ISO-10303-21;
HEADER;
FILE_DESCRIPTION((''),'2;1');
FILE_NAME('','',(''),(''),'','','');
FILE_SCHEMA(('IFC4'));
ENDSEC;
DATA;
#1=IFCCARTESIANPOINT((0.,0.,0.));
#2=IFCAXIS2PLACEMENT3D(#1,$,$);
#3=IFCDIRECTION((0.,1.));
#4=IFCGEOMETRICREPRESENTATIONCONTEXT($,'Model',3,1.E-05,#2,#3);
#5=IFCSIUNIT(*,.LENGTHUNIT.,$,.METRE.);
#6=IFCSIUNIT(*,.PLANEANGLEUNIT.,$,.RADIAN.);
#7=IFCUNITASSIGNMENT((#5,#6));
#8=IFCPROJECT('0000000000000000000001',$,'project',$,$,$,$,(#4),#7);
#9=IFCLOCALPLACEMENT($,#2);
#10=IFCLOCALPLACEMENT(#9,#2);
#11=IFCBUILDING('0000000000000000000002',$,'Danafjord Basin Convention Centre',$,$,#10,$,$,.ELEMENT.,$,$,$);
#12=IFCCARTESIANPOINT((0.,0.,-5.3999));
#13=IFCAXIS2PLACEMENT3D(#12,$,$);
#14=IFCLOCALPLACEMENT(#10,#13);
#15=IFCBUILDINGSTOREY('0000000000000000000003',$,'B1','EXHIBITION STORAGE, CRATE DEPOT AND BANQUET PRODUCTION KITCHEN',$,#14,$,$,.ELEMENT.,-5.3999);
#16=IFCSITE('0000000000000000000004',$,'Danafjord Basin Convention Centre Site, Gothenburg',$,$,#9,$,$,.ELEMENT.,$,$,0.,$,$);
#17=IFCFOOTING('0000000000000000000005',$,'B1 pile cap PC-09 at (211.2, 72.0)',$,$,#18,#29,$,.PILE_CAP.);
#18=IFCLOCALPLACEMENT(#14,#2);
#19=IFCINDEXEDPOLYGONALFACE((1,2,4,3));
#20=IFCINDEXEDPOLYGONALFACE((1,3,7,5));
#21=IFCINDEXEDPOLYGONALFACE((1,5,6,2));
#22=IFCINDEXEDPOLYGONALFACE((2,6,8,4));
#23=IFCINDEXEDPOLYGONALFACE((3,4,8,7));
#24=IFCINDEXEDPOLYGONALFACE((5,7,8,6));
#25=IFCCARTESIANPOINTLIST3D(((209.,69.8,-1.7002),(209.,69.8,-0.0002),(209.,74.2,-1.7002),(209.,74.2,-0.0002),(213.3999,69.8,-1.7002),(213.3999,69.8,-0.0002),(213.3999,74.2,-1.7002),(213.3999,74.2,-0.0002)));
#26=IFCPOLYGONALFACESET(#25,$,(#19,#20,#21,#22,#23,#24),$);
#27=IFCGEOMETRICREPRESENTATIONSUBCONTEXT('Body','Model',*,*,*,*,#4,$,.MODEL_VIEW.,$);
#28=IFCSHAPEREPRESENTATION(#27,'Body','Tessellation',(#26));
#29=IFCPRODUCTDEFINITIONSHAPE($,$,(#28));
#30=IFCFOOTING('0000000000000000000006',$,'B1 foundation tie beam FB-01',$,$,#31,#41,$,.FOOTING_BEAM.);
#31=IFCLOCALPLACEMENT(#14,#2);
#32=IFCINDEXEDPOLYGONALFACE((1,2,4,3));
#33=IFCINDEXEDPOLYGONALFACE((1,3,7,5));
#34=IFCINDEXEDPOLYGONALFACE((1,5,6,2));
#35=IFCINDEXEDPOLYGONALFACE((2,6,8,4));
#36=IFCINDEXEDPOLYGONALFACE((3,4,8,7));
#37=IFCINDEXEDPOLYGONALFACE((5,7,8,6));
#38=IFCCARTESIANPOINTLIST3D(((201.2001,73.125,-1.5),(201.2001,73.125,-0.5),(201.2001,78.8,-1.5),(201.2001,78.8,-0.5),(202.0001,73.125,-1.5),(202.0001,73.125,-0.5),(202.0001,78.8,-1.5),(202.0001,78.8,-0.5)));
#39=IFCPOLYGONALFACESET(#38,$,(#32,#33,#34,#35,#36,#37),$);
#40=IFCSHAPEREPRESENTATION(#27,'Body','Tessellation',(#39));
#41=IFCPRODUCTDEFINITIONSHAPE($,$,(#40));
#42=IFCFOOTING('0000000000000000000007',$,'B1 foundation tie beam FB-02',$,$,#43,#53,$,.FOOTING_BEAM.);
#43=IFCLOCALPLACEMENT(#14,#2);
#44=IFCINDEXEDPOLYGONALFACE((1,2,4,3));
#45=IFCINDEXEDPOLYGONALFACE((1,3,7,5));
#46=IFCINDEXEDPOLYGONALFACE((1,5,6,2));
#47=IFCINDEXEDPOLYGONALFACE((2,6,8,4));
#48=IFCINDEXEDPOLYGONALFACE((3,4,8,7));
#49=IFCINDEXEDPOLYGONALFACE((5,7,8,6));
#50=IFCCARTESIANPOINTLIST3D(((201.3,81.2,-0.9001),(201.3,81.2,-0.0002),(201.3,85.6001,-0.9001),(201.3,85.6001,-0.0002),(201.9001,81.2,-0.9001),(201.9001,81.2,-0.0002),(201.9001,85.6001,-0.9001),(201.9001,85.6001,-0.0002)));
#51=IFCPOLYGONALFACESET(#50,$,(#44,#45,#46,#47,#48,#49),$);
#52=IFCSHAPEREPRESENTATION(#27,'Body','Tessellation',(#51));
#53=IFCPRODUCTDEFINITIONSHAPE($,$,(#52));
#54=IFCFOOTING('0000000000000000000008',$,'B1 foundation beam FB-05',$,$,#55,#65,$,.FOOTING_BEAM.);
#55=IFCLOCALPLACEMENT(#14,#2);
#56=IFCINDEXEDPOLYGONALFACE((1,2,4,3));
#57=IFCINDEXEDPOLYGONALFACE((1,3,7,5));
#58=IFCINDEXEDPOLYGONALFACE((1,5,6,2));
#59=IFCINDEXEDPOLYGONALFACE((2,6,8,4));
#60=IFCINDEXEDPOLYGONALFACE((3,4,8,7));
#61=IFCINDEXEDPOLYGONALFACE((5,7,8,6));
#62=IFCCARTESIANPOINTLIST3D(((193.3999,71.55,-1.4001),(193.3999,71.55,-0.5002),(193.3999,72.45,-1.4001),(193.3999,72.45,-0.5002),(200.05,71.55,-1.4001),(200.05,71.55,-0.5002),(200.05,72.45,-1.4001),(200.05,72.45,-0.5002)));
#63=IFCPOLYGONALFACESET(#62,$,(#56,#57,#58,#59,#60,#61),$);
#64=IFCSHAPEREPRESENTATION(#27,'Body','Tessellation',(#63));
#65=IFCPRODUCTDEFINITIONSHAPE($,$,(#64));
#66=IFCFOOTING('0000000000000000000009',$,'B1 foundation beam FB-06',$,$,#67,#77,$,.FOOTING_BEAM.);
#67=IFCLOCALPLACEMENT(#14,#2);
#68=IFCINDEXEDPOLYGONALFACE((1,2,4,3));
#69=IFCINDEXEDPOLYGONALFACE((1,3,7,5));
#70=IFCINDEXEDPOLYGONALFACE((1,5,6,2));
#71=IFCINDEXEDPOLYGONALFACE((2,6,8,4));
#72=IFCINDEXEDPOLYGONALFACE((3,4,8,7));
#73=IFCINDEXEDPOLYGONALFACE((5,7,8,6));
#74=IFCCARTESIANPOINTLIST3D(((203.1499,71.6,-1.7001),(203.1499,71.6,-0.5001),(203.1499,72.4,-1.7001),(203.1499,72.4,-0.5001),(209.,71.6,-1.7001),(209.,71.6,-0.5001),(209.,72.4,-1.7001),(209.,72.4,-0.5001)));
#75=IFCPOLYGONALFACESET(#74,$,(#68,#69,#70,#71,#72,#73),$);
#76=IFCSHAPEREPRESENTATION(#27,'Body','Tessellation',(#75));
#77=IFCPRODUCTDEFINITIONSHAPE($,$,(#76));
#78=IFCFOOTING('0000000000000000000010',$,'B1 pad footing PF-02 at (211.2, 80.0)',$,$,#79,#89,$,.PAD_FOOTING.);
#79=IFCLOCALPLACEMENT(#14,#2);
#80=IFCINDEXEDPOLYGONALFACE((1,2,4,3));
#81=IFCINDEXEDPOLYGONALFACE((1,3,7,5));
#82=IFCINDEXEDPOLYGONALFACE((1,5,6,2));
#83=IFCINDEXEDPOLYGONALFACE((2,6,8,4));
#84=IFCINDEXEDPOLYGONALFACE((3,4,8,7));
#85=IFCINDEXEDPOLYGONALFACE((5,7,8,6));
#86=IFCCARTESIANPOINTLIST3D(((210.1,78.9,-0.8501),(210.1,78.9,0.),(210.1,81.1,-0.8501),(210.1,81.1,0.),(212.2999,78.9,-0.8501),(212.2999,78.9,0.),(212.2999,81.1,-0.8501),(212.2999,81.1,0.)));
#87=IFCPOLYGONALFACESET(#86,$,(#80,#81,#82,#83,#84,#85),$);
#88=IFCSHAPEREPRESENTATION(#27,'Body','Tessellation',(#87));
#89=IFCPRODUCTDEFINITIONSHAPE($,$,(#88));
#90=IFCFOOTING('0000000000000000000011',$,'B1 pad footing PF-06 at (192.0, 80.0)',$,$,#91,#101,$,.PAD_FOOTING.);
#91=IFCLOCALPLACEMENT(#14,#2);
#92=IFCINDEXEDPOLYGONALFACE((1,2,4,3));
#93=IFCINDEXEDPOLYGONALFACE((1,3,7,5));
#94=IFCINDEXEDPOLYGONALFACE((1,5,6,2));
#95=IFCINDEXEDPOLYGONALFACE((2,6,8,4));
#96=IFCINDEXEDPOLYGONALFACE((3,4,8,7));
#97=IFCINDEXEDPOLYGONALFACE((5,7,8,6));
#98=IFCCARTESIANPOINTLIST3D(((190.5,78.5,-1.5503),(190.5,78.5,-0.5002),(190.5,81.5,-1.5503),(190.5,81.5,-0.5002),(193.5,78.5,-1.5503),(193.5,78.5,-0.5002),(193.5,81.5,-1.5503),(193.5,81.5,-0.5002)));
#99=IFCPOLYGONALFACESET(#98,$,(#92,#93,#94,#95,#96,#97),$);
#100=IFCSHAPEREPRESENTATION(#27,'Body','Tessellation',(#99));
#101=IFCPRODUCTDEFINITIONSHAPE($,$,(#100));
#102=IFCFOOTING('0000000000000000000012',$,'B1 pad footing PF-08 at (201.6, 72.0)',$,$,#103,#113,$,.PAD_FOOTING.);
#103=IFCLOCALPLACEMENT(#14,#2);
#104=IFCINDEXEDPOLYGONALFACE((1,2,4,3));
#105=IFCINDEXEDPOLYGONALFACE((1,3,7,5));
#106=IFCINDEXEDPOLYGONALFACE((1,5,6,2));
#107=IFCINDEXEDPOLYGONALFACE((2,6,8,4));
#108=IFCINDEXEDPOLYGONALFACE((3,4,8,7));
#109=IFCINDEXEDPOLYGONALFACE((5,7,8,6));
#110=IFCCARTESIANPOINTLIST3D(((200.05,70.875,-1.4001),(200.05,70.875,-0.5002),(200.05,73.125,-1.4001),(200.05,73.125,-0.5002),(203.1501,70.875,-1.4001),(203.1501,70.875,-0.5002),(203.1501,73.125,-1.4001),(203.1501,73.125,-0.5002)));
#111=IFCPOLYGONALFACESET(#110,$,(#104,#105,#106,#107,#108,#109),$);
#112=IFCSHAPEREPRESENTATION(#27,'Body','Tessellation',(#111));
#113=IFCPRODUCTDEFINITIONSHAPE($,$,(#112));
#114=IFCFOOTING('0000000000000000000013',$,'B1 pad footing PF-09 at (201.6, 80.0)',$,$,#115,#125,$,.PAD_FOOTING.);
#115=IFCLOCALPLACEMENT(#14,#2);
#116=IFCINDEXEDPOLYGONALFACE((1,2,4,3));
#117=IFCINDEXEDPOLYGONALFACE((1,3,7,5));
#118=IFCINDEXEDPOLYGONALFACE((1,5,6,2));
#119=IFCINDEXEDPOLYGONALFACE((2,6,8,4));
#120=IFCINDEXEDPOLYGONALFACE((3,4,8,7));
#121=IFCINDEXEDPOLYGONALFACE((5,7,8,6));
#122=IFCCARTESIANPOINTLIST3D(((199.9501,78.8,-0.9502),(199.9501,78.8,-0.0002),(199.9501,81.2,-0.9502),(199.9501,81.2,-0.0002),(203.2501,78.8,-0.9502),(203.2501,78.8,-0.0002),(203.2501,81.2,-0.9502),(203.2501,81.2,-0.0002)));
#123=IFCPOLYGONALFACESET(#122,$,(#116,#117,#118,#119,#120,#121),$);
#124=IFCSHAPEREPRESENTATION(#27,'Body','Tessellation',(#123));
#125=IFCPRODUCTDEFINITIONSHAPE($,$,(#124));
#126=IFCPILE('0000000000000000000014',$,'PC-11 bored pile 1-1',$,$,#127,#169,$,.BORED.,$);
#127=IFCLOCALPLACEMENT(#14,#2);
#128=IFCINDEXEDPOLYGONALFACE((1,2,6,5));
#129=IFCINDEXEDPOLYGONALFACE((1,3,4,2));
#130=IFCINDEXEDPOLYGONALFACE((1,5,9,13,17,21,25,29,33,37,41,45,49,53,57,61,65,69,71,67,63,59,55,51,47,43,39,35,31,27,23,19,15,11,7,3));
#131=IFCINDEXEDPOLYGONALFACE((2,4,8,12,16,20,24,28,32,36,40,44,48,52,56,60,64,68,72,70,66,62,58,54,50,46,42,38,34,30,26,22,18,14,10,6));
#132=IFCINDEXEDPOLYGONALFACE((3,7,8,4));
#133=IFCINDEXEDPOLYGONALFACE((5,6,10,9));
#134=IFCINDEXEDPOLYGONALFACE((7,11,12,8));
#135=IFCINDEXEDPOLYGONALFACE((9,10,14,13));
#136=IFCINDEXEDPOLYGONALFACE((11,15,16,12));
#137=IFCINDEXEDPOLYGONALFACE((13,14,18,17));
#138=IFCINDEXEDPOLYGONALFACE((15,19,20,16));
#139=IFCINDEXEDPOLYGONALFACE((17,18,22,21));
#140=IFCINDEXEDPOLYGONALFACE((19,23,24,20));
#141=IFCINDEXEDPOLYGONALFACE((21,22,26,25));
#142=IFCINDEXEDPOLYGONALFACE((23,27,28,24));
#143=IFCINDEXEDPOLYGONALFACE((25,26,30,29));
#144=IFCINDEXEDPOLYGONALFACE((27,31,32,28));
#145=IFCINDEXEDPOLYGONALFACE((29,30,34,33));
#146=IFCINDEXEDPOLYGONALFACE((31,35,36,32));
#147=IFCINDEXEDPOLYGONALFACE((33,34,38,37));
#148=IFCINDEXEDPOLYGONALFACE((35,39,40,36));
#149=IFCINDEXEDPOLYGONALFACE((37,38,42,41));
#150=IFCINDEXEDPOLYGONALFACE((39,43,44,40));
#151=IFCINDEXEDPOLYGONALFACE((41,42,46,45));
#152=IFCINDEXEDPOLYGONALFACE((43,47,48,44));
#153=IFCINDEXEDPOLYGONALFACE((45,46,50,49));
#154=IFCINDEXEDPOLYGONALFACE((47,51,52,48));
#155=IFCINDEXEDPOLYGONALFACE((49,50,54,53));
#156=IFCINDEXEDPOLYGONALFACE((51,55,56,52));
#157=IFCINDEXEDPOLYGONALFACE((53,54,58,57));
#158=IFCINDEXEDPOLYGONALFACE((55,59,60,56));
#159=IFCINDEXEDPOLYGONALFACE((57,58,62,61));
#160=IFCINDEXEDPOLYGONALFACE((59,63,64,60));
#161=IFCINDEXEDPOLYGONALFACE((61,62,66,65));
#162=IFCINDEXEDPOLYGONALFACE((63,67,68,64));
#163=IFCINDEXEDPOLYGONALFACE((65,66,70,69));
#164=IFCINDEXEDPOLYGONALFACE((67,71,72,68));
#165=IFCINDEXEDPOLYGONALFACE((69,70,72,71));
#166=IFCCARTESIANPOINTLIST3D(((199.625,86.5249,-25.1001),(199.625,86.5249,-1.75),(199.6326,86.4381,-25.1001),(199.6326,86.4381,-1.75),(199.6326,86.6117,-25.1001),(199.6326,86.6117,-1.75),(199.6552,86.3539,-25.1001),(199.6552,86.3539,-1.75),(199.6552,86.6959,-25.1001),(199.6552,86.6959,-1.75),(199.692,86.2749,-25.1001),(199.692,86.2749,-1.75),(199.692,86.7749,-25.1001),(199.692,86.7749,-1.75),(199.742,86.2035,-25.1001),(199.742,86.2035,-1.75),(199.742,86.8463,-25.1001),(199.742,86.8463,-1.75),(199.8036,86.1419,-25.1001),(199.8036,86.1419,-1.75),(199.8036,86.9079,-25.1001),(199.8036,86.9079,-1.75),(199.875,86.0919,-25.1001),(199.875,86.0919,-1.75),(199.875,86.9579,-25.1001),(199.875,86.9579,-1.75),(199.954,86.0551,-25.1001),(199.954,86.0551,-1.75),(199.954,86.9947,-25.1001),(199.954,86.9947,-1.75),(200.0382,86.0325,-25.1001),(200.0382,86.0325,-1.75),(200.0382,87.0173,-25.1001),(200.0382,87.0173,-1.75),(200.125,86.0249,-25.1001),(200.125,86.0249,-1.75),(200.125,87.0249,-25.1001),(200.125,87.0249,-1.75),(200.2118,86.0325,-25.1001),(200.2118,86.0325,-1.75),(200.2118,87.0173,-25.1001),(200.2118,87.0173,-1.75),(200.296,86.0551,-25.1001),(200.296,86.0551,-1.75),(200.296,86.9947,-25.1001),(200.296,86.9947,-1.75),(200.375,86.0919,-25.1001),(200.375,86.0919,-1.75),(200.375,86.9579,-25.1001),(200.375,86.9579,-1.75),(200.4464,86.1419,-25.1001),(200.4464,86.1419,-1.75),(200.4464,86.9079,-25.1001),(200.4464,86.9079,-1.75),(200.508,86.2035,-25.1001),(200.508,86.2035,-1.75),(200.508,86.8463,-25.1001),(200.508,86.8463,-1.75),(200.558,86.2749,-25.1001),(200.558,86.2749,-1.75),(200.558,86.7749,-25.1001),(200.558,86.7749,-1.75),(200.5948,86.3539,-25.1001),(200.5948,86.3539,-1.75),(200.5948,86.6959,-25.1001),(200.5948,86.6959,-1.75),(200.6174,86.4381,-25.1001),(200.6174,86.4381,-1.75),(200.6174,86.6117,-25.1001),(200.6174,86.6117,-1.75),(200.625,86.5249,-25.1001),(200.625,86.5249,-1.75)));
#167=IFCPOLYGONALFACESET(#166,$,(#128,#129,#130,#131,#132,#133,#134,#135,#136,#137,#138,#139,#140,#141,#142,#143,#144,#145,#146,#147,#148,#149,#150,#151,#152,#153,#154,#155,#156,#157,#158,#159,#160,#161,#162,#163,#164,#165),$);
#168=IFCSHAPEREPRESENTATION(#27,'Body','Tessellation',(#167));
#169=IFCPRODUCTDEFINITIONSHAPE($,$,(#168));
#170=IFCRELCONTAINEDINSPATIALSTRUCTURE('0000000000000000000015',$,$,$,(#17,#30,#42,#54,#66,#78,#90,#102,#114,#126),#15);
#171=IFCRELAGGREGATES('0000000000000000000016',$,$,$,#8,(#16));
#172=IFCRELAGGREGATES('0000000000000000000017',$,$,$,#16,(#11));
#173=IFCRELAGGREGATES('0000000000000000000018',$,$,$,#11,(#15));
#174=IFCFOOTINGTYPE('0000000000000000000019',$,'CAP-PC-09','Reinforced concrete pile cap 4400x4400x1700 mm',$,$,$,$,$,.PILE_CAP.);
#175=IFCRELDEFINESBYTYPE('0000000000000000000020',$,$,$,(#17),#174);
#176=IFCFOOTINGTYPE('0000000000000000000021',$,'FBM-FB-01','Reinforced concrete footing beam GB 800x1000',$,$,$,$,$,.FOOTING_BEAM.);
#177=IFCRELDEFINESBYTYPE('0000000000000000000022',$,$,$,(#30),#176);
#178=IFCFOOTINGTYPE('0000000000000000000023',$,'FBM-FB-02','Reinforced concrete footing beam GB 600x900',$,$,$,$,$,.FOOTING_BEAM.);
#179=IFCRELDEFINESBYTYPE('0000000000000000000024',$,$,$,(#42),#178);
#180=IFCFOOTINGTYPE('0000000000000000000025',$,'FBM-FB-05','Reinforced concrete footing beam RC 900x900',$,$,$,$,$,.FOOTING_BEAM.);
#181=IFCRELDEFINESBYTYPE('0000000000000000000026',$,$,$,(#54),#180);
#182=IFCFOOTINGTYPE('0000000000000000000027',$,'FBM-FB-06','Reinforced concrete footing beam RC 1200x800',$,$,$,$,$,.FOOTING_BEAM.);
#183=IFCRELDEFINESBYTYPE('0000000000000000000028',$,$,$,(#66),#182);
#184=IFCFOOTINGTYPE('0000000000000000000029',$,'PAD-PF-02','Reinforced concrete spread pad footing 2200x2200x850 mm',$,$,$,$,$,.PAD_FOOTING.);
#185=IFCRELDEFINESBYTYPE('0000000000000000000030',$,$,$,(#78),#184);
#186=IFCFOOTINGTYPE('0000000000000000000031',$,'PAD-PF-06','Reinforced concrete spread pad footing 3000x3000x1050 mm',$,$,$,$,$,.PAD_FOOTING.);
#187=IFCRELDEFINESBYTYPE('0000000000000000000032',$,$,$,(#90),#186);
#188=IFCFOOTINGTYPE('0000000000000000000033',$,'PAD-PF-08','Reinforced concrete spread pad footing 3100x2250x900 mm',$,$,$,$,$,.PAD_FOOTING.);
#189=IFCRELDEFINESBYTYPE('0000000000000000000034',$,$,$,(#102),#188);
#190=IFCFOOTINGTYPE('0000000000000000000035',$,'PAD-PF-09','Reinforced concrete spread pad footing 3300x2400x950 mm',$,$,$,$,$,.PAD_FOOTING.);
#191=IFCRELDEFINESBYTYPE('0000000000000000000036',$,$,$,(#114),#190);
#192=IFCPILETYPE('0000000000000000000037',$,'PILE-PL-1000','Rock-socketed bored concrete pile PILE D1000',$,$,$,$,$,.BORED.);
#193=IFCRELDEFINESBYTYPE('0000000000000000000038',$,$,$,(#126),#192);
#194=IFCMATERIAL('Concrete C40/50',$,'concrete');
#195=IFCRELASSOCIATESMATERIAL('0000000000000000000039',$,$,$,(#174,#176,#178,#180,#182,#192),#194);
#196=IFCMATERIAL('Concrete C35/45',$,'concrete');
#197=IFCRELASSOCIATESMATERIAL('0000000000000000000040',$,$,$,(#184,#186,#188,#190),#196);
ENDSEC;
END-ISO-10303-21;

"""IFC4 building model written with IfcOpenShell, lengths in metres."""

from ifc_helpers import new_model, si_unit, direction, frame, origin, origin_2d, place, context, subcontext, project, spatial, rectangle, circle, extrude, material, material_profile, profile_set, type_object, element, save


model = new_model("IFC4")

# Units and contexts
model_context = context("Model", 3, precision=1e-05, world=origin(), true_north=direction((0.0, 1.0)))
body_context = subcontext(model_context, "Body", "Model", "MODEL_VIEW")
ifc_project = project(units=[si_unit("LENGTHUNIT", "METRE"), si_unit("PLANEANGLEUNIT", "RADIAN")], contexts=[model_context])

# Site, building, storey
site_placement = place(None, origin())
site = spatial("IfcSite", under=ifc_project, at=site_placement, Name="Danafjord Basin Convention Centre Site, Gothenburg", CompositionType="ELEMENT", RefElevation=0.0)
building_placement = place(site_placement, origin())
building = spatial("IfcBuilding", under=site, at=building_placement, Name="Danafjord Basin Convention Centre", CompositionType="ELEMENT")
storey_placement = place(building_placement, frame((0.0, 0.0, -5.3999)))
storey = spatial("IfcBuildingStorey", under=building, at=storey_placement, Name="B1", Description="EXHIBITION STORAGE, CRATE DEPOT AND BANQUET PRODUCTION KITCHEN", CompositionType="ELEMENT", Elevation=-5.3999)

# Footings
ifc_material_1 = material(Name="Concrete C40/50", Category="concrete")
footing_type_1 = type_object("IfcFootingType", Name="CAP-PC-09", Description="Reinforced concrete pile cap 4400x4400x1700 mm", PredefinedType="PILE_CAP", material=ifc_material_1)
footing_1_placement = place(storey_placement, frame((211.2, 72.0, -1.7002), z_axis=(0.0, 0.0, 1.0), x_axis=(1.0, 0.0, 0.0)))
element("IfcFooting", 1, at=footing_1_placement, inside=storey, type_object=footing_type_1, Name="B1 pile cap PC-09 at (211.2, 72.0)", PredefinedType="PILE_CAP", context=body_context, shape_type="SweptSolid", body=[
    extrude(rectangle(XDim=4.3999, YDim=4.3999, at=origin_2d()), origin(), (0.0, 0.0, 1.0), 1.7),
])
ifc_material_profile_1 = material_profile(ifc_material_1, rectangle(XDim=0.8, YDim=1.0, at=origin_2d()), Name="GB 800x1000")
ifc_profile_set_1 = profile_set([ifc_material_profile_1], Name="Concrete C40/50")
footing_type_2 = type_object("IfcFootingType", Name="FBM-FB-01", Description="Reinforced concrete footing beam GB 800x1000", PredefinedType="FOOTING_BEAM", material=ifc_profile_set_1)
footing_2_placement = place(storey_placement, frame((201.6001, 73.125, -1.0), z_axis=(0.0, 1.0, 0.0), x_axis=(-1.0, 0.0, 0.0)))
element("IfcFooting", 2, at=footing_2_placement, inside=storey, type_object=footing_type_2, Name="B1 foundation tie beam FB-01", PredefinedType="FOOTING_BEAM", context=body_context, shape_type="SweptSolid", body=[
    extrude(rectangle(XDim=0.8, YDim=1.0, at=origin_2d()), origin(), (0.0, 0.0, 1.0), 5.675),
])
ifc_material_profile_2 = material_profile(ifc_material_1, rectangle(XDim=0.6001, YDim=0.8999, at=origin_2d()), Name="GB 600x900")
ifc_profile_set_2 = profile_set([ifc_material_profile_2], Name="Concrete C40/50")
footing_type_3 = type_object("IfcFootingType", Name="FBM-FB-02", Description="Reinforced concrete footing beam GB 600x900", PredefinedType="FOOTING_BEAM", material=ifc_profile_set_2)
footing_3_placement = place(storey_placement, frame((201.6001, 81.2, -0.4502), z_axis=(0.0, 1.0, 0.0), x_axis=(-1.0, 0.0, 0.0)))
element("IfcFooting", 3, at=footing_3_placement, inside=storey, type_object=footing_type_3, Name="B1 foundation tie beam FB-02", PredefinedType="FOOTING_BEAM", context=body_context, shape_type="SweptSolid", body=[
    extrude(rectangle(XDim=0.6001, YDim=0.8999, at=origin_2d()), origin(), (0.0, 0.0, 1.0), 4.4001),
])
ifc_material_profile_3 = material_profile(ifc_material_1, rectangle(XDim=0.8999, YDim=0.8999, at=origin_2d()), Name="RC 900x900")
ifc_profile_set_3 = profile_set([ifc_material_profile_3], Name="Concrete C40/50")
footing_type_4 = type_object("IfcFootingType", Name="FBM-FB-05", Description="Reinforced concrete footing beam RC 900x900", PredefinedType="FOOTING_BEAM", material=ifc_profile_set_3)
footing_4_placement = place(storey_placement, frame((193.3999, 72.0, -0.9502), z_axis=(1.0, 0.0, 0.0), x_axis=(0.0, 1.0, 0.0)))
element("IfcFooting", 4, at=footing_4_placement, inside=storey, type_object=footing_type_4, Name="B1 foundation beam FB-05", PredefinedType="FOOTING_BEAM", context=body_context, shape_type="SweptSolid", body=[
    extrude(rectangle(XDim=0.8999, YDim=0.8999, at=origin_2d()), origin(), (0.0, 0.0, 1.0), 6.6501),
])
ifc_material_profile_4 = material_profile(ifc_material_1, rectangle(XDim=0.8, YDim=1.2, at=origin_2d()), Name="RC 1200x800")
ifc_profile_set_4 = profile_set([ifc_material_profile_4], Name="Concrete C40/50")
footing_type_5 = type_object("IfcFootingType", Name="FBM-FB-06", Description="Reinforced concrete footing beam RC 1200x800", PredefinedType="FOOTING_BEAM", material=ifc_profile_set_4)
footing_5_placement = place(storey_placement, frame((203.1499, 72.0, -1.1001), z_axis=(1.0, 0.0, 0.0), x_axis=(0.0, 1.0, 0.0)))
element("IfcFooting", 5, at=footing_5_placement, inside=storey, type_object=footing_type_5, Name="B1 foundation beam FB-06", PredefinedType="FOOTING_BEAM", context=body_context, shape_type="SweptSolid", body=[
    extrude(rectangle(XDim=0.8, YDim=1.2, at=origin_2d()), origin(), (0.0, 0.0, 1.0), 5.8501),
])
ifc_material_2 = material(Name="Concrete C35/45", Category="concrete")
footing_type_6 = type_object("IfcFootingType", Name="PAD-PF-02", Description="Reinforced concrete spread pad footing 2200x2200x850 mm", PredefinedType="PAD_FOOTING", material=ifc_material_2)
footing_6_placement = place(storey_placement, frame((211.2, 80.0, -0.8501), z_axis=(0.0, 0.0, 1.0), x_axis=(1.0, 0.0, 0.0)))
element("IfcFooting", 6, at=footing_6_placement, inside=storey, type_object=footing_type_6, Name="B1 pad footing PF-02 at (211.2, 80.0)", PredefinedType="PAD_FOOTING", context=body_context, shape_type="SweptSolid", body=[
    extrude(rectangle(XDim=2.2, YDim=2.2, at=origin_2d()), origin(), (0.0, 0.0, 1.0), 0.8501),
])
footing_type_7 = type_object("IfcFootingType", Name="PAD-PF-06", Description="Reinforced concrete spread pad footing 3000x3000x1050 mm", PredefinedType="PAD_FOOTING", material=ifc_material_2)
footing_7_placement = place(storey_placement, frame((192.0, 80.0, -1.5503), z_axis=(0.0, 0.0, 1.0), x_axis=(1.0, 0.0, 0.0)))
element("IfcFooting", 7, at=footing_7_placement, inside=storey, type_object=footing_type_7, Name="B1 pad footing PF-06 at (192.0, 80.0)", PredefinedType="PAD_FOOTING", context=body_context, shape_type="SweptSolid", body=[
    extrude(rectangle(XDim=3.0, YDim=3.0, at=origin_2d()), origin(), (0.0, 0.0, 1.0), 1.05),
])
footing_type_8 = type_object("IfcFootingType", Name="PAD-PF-08", Description="Reinforced concrete spread pad footing 3100x2250x900 mm", PredefinedType="PAD_FOOTING", material=ifc_material_2)
footing_8_placement = place(storey_placement, frame((201.6001, 72.0, -1.4001), z_axis=(0.0, 0.0, 1.0), x_axis=(1.0, 0.0, 0.0)))
element("IfcFooting", 8, at=footing_8_placement, inside=storey, type_object=footing_type_8, Name="B1 pad footing PF-08 at (201.6, 72.0)", PredefinedType="PAD_FOOTING", context=body_context, shape_type="SweptSolid", body=[
    extrude(rectangle(XDim=3.1001, YDim=2.25, at=origin_2d()), origin(), (0.0, 0.0, 1.0), 0.8999),
])
footing_type_9 = type_object("IfcFootingType", Name="PAD-PF-09", Description="Reinforced concrete spread pad footing 3300x2400x950 mm", PredefinedType="PAD_FOOTING", material=ifc_material_2)
footing_9_placement = place(storey_placement, frame((201.6001, 80.0, -0.9502), z_axis=(0.0, 0.0, 1.0), x_axis=(1.0, 0.0, 0.0)))
element("IfcFooting", 9, at=footing_9_placement, inside=storey, type_object=footing_type_9, Name="B1 pad footing PF-09 at (201.6, 80.0)", PredefinedType="PAD_FOOTING", context=body_context, shape_type="SweptSolid", body=[
    extrude(rectangle(XDim=3.3, YDim=2.3999, at=origin_2d()), origin(), (0.0, 0.0, 1.0), 0.95),
])

# Pile
ifc_material_profile_5 = material_profile(ifc_material_1, circle(Radius=0.5, at=origin_2d()), Name="PILE D1000")
ifc_profile_set_5 = profile_set([ifc_material_profile_5], Name="Concrete C40/50")
pile_type_1 = type_object("IfcPileType", Name="PILE-PL-1000", Description="Rock-socketed bored concrete pile PILE D1000", PredefinedType="BORED", material=ifc_profile_set_5)
for number, where, z_axis, x_axis, name in (
    (10, (200.125, 86.5249, -1.75), (0.0, 0.0, -1.0), (1.0, 0.0, 0.0), "PC-11 bored pile 1-1"),
):
    element("IfcPile", number, at=place(storey_placement, frame(where, z_axis=z_axis, x_axis=x_axis)), inside=storey, type_object=pile_type_1, Name=name, PredefinedType="BORED", context=body_context, shape_type="SweptSolid", body=[
        extrude(circle(Radius=0.5, at=origin_2d()), origin(), (0.0, 0.0, 1.0), 23.3501),
    ])

save(model, "model.ifc")
